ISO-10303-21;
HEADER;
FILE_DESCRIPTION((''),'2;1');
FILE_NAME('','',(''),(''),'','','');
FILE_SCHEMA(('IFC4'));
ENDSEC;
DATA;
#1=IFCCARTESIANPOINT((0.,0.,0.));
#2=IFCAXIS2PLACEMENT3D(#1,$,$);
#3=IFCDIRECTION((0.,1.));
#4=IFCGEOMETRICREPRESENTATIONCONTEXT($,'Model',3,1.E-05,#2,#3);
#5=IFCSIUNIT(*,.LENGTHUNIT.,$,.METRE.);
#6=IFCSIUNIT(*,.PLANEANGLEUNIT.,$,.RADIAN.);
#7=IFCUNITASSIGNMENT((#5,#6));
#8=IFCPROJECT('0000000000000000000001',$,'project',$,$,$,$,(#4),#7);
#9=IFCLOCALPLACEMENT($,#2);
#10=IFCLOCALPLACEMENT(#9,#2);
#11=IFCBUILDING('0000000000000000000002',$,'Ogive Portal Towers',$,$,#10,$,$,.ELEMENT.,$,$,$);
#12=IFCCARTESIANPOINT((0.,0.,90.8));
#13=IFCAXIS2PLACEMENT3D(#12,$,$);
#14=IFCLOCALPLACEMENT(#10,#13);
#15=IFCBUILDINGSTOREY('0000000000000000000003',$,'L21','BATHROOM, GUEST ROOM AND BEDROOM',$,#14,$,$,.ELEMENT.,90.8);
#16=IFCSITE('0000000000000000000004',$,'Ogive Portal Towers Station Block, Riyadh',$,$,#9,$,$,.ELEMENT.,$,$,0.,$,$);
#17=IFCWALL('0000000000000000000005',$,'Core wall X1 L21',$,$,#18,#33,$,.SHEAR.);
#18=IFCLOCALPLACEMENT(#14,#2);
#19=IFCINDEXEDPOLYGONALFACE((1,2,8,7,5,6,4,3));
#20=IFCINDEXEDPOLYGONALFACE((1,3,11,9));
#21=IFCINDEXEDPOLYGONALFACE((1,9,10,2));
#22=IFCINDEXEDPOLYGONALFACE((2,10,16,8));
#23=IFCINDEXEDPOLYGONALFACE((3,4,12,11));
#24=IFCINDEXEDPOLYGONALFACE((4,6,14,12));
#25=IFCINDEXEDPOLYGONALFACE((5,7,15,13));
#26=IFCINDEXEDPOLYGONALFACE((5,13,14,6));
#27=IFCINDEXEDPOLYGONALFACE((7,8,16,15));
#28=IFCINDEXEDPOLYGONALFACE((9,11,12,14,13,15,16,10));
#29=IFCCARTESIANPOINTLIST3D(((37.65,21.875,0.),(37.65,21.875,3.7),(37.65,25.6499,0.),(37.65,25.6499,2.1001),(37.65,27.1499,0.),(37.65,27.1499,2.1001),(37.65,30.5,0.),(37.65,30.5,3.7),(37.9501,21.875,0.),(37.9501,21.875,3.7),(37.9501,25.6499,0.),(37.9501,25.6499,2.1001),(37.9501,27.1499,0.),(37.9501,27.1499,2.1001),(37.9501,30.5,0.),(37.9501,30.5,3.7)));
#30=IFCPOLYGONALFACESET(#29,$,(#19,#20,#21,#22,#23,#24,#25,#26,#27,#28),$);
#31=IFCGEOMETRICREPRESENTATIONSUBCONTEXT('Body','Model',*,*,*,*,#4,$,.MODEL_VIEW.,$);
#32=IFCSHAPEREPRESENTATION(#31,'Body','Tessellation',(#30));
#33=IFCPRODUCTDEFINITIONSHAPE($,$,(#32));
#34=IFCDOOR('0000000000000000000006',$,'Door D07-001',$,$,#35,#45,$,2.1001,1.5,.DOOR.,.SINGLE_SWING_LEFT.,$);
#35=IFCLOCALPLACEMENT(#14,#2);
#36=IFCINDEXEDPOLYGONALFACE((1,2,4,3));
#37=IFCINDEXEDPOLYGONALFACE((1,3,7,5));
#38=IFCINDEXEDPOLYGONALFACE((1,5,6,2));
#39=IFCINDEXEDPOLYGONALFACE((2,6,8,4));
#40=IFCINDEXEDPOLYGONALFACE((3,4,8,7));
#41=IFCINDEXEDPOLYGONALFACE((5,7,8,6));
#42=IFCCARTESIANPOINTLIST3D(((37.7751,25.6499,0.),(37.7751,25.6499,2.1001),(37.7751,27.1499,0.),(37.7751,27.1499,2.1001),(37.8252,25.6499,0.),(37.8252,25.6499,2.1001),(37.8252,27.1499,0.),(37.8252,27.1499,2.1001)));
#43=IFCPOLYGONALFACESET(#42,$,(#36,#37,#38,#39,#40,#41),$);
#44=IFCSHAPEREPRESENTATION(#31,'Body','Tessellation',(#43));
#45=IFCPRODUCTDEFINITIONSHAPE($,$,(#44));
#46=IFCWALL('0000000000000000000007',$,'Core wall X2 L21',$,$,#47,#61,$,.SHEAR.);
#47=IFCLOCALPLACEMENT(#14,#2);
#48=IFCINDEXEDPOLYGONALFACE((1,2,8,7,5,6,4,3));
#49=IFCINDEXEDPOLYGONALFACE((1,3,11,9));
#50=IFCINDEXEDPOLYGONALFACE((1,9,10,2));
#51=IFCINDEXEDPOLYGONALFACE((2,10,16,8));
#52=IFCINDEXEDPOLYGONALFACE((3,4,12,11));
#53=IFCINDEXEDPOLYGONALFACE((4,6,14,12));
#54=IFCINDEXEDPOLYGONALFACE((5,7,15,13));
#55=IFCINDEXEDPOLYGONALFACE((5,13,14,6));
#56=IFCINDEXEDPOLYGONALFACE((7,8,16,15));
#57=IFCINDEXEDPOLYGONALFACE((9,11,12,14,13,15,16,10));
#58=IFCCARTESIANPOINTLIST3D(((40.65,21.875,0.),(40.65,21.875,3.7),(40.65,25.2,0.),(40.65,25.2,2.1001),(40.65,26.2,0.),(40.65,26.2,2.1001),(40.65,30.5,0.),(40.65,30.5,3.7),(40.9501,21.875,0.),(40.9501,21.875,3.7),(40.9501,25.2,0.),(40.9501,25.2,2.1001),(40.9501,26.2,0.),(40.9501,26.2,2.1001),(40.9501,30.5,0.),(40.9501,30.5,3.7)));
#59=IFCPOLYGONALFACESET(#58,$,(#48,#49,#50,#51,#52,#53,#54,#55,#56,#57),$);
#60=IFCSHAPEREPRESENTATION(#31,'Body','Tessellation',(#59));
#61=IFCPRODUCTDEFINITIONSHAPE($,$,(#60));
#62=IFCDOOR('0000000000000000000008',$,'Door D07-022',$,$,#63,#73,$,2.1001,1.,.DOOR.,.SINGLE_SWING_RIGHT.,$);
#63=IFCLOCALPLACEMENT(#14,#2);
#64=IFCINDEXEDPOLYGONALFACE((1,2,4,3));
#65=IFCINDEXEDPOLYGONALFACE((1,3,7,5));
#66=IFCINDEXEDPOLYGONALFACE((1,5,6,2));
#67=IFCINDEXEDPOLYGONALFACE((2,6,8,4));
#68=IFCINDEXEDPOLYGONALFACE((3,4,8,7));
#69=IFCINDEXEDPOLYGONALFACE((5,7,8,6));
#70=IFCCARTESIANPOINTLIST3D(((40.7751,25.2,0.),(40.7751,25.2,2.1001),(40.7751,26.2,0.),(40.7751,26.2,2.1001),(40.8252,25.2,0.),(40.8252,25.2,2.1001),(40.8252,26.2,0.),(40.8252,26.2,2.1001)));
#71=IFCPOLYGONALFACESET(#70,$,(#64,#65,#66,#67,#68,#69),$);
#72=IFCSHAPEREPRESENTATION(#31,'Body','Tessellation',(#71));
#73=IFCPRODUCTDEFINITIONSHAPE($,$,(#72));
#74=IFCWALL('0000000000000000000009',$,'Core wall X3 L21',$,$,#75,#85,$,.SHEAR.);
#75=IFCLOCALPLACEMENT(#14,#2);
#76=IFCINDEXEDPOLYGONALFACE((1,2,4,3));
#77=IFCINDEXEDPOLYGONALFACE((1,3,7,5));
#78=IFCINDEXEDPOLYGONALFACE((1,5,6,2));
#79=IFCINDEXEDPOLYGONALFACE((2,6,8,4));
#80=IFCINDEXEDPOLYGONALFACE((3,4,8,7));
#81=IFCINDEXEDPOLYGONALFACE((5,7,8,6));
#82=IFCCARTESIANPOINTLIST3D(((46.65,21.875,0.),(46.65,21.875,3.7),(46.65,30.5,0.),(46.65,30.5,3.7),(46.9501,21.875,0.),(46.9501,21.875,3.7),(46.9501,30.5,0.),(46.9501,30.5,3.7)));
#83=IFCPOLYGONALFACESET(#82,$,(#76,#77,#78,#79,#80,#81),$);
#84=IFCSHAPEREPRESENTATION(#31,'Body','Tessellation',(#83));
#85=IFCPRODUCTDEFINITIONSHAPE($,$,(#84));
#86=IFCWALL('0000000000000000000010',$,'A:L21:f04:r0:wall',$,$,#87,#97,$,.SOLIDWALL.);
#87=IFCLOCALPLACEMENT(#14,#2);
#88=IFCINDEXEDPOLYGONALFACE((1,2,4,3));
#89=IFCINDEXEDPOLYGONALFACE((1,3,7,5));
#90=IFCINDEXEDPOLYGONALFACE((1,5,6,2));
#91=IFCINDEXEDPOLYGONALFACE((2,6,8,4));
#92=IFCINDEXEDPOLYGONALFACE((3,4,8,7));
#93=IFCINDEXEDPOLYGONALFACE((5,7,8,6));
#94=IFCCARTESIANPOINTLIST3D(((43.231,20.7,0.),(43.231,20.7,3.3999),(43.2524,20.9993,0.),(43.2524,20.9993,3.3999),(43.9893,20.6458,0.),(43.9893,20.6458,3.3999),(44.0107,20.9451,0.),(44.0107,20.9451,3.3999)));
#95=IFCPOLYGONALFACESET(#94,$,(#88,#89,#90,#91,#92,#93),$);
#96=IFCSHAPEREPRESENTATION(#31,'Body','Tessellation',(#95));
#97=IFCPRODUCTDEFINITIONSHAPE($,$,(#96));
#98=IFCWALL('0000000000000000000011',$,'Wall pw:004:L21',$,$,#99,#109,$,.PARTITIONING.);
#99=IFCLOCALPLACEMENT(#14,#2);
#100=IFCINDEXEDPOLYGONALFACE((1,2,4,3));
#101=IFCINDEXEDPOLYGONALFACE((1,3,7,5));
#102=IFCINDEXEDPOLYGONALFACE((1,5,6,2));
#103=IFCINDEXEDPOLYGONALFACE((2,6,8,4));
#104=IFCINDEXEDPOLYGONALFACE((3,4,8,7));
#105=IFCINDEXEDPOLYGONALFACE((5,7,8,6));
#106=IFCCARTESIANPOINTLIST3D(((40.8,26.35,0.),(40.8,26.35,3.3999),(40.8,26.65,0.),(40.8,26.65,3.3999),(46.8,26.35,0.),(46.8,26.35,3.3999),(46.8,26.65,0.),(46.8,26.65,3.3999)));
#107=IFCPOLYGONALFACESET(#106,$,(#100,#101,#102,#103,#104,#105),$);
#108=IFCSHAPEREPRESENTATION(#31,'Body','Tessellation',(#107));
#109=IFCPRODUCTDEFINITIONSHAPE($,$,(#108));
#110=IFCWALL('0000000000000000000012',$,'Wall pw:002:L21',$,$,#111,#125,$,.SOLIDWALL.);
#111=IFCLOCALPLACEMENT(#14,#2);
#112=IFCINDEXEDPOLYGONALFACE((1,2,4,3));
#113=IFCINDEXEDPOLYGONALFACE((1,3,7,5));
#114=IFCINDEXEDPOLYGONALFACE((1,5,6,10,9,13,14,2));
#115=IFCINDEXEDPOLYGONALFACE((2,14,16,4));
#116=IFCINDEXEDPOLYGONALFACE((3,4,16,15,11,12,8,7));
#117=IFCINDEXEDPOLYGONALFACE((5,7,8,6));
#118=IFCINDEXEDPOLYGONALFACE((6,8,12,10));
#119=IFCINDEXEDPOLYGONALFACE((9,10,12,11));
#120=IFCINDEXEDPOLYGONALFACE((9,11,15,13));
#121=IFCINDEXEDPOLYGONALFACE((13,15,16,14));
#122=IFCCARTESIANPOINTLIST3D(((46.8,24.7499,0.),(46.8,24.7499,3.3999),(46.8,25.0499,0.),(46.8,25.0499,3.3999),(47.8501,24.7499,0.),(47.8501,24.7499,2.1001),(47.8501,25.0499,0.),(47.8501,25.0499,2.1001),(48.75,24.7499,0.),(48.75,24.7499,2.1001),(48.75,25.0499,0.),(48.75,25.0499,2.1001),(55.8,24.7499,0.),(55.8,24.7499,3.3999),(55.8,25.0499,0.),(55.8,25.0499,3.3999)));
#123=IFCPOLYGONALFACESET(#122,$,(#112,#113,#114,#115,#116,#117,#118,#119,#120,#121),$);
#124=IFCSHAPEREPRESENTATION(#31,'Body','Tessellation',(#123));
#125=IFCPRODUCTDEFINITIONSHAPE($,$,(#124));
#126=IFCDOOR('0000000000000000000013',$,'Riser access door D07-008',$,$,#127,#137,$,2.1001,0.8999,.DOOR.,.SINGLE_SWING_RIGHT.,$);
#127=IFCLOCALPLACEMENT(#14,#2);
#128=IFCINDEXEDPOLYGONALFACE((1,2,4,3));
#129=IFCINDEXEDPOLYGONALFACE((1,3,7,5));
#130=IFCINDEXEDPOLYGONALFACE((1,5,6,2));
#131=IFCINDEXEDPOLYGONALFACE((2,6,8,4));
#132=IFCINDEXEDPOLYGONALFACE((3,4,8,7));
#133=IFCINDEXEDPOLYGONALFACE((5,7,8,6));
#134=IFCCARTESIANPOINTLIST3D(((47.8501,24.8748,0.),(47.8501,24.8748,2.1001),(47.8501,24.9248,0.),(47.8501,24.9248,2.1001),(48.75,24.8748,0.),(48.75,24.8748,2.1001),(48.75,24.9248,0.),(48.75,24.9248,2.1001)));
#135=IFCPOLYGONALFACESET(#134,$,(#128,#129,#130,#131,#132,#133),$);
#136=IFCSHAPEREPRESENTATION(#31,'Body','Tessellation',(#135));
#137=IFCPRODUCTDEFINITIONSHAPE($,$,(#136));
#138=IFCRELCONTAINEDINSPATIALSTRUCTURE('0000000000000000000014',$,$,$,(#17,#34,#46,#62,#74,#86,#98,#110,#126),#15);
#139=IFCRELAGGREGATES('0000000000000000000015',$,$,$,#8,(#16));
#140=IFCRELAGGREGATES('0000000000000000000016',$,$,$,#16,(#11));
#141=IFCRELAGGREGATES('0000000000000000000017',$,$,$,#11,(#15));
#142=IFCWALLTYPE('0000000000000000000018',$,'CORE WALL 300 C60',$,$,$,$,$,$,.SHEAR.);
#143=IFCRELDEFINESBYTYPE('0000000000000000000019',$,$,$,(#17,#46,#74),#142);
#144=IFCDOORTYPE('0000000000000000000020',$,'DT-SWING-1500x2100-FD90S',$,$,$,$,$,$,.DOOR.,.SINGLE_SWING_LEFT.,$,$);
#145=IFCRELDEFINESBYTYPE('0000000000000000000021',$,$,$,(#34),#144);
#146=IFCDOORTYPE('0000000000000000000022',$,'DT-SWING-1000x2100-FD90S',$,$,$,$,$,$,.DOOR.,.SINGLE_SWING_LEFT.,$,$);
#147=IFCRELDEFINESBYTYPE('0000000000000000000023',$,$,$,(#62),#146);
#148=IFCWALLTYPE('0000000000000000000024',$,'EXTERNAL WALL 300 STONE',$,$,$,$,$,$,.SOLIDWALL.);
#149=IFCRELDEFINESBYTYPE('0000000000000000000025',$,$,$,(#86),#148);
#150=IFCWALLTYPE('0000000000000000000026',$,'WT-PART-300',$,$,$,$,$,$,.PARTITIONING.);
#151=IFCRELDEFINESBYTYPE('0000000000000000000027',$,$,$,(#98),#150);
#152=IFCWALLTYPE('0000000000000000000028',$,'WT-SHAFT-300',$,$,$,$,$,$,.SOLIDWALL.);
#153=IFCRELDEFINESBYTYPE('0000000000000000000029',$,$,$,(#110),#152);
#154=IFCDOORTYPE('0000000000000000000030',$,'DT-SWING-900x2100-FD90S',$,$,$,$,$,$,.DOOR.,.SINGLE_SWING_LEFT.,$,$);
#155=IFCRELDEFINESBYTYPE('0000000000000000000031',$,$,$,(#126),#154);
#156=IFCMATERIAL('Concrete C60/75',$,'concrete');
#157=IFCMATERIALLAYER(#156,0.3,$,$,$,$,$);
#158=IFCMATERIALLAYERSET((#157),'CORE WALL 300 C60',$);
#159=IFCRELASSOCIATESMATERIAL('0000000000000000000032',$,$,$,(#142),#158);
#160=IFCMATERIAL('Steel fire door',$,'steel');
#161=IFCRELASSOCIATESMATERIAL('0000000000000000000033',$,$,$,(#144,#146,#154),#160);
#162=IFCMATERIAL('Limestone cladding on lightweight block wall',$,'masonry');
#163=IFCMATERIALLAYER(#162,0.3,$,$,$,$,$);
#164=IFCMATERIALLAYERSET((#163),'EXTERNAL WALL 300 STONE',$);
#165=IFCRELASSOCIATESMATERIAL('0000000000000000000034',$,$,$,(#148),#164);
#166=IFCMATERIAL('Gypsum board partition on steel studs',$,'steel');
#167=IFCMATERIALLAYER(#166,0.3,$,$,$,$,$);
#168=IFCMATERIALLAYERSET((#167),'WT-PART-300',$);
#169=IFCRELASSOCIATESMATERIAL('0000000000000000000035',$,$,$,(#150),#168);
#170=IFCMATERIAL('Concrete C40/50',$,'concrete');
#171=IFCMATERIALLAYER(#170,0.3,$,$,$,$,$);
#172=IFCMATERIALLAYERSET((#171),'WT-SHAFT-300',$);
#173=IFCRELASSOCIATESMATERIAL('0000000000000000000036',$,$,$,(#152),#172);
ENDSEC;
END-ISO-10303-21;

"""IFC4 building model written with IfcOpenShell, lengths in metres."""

from ifc_helpers import new_model, si_unit, direction, frame, frame_2d, origin, place, context, subcontext, project, spatial, rectangle, extrude, material, layer, layer_set, type_object, element, fill, save


model = new_model("IFC4")

# Units and contexts
model_context = context("Model", 3, precision=1e-05, world=origin(), true_north=direction((0.0, 1.0)))
body_context = subcontext(model_context, "Body", "Model", "MODEL_VIEW")
ifc_project = project(units=[si_unit("LENGTHUNIT", "METRE"), si_unit("PLANEANGLEUNIT", "RADIAN")], contexts=[model_context])

# Site, building, storey
site_placement = place(None, origin())
site = spatial("IfcSite", under=ifc_project, at=site_placement, Name="Ogive Portal Towers Station Block, Riyadh", CompositionType="ELEMENT", RefElevation=0.0)
building_placement = place(site_placement, origin())
building = spatial("IfcBuilding", under=site, at=building_placement, Name="Ogive Portal Towers", CompositionType="ELEMENT")
storey_placement = place(building_placement, frame((0.0, 0.0, 90.8)))
storey = spatial("IfcBuildingStorey", under=building, at=storey_placement, Name="L21", Description="BATHROOM, GUEST ROOM AND BEDROOM", CompositionType="ELEMENT", Elevation=90.8)

# Walls, openings, doors
ifc_material_1 = material(Name="Concrete C60/75", Category="concrete")
ifc_layer_1 = layer(ifc_material_1, 0.3)
ifc_layer_set_1 = layer_set([ifc_layer_1], Name="CORE WALL 300 C60")
wall_type_1 = type_object("IfcWallType", Name="CORE WALL 300 C60", PredefinedType="SHEAR", material=ifc_layer_set_1)
wall_1_placement = place(storey_placement, frame((37.8, 21.875, 0.0), z_axis=(0.0, 0.0, 1.0), x_axis=(0.0, 1.0, 0.0)))
wall_1 = element("IfcWall", 1, at=wall_1_placement, inside=storey, type_object=wall_type_1, Name="Core wall X1 L21", PredefinedType="SHEAR", context=body_context, shape_type="SweptSolid", body=[
    extrude(rectangle(XDim=8.625, YDim=0.3, at=frame_2d((4.3125, 0.0))), origin(), (0.0, 0.0, 1.0), 3.7),
])
opening_1_placement = place(wall_1_placement, frame((3.7749, 0.0, 0.0)))
opening_1 = element("IfcOpeningElement", 2, at=opening_1_placement, cuts=wall_1, PredefinedType="OPENING", context=body_context, shape_type="SweptSolid", body=[
    extrude(rectangle(XDim=1.5, YDim=2.1001, at=frame_2d((0.75, 1.05))), frame((0.0, 0.1602, 0.0), z_axis=(0.0, -1.0, 0.0), x_axis=(1.0, 0.0, 0.0)), (0.0, 0.0, 1.0), 0.3201),
])
ifc_material_2 = material(Name="Steel fire door", Category="steel")
door_type_1 = type_object("IfcDoorType", Name="DT-SWING-1500x2100-FD90S", OperationType="SINGLE_SWING_LEFT", PredefinedType="DOOR", material=ifc_material_2)
door_1_placement = place(opening_1_placement, origin())
door_1 = element("IfcDoor", 3, at=door_1_placement, inside=storey, type_object=door_type_1, Name="Door D07-001", OperationType="SINGLE_SWING_LEFT", OverallHeight=2.1001, OverallWidth=1.5, PredefinedType="DOOR", context=body_context, shape_type="SweptSolid", body=[
    extrude(rectangle(XDim=1.5, YDim=2.1001, at=frame_2d((0.75, 1.05))), frame((0.0, 0.0249, 0.0), z_axis=(0.0, -1.0, 0.0), x_axis=(1.0, 0.0, 0.0)), (0.0, 0.0, 1.0), 0.05),
])
fill(opening_1, door_1)
wall_2_placement = place(storey_placement, frame((40.8, 21.875, 0.0), z_axis=(0.0, 0.0, 1.0), x_axis=(0.0, 1.0, 0.0)))
wall_2 = element("IfcWall", 4, at=wall_2_placement, inside=storey, type_object=wall_type_1, Name="Core wall X2 L21", PredefinedType="SHEAR", context=body_context, shape_type="SweptSolid", body=[
    extrude(rectangle(XDim=8.625, YDim=0.3, at=frame_2d((4.3125, 0.0))), origin(), (0.0, 0.0, 1.0), 3.7),
])
opening_2_placement = place(wall_2_placement, frame((3.325, 0.0, 0.0)))
opening_2 = element("IfcOpeningElement", 5, at=opening_2_placement, cuts=wall_2, PredefinedType="OPENING", context=body_context, shape_type="SweptSolid", body=[
    extrude(rectangle(XDim=1.0, YDim=2.1001, at=frame_2d((0.5, 1.05))), frame((0.0, 0.1602, 0.0), z_axis=(0.0, -1.0, 0.0), x_axis=(1.0, 0.0, 0.0)), (0.0, 0.0, 1.0), 0.3201),
])
door_type_2 = type_object("IfcDoorType", Name="DT-SWING-1000x2100-FD90S", OperationType="SINGLE_SWING_LEFT", PredefinedType="DOOR", material=ifc_material_2)
door_2_placement = place(opening_2_placement, origin())
door_2 = element("IfcDoor", 6, at=door_2_placement, inside=storey, type_object=door_type_2, Name="Door D07-022", OperationType="SINGLE_SWING_RIGHT", OverallHeight=2.1001, OverallWidth=1.0, PredefinedType="DOOR", context=body_context, shape_type="SweptSolid", body=[
    extrude(rectangle(XDim=1.0, YDim=2.1001, at=frame_2d((0.5, 1.05))), frame((0.0, 0.0249, 0.0), z_axis=(0.0, -1.0, 0.0), x_axis=(1.0, 0.0, 0.0)), (0.0, 0.0, 1.0), 0.05),
])
fill(opening_2, door_2)

# Walls
wall_3_placement = place(storey_placement, frame((46.8, 21.875, 0.0), z_axis=(0.0, 0.0, 1.0), x_axis=(0.0, 1.0, 0.0)))
element("IfcWall", 7, at=wall_3_placement, inside=storey, type_object=wall_type_1, Name="Core wall X3 L21", PredefinedType="SHEAR", context=body_context, shape_type="SweptSolid", body=[
    extrude(rectangle(XDim=8.625, YDim=0.3, at=frame_2d((4.3125, 0.0))), origin(), (0.0, 0.0, 1.0), 3.7),
])
ifc_material_3 = material(Name="Limestone cladding on lightweight block wall", Category="masonry")
ifc_layer_2 = layer(ifc_material_3, 0.3)
ifc_layer_set_2 = layer_set([ifc_layer_2], Name="EXTERNAL WALL 300 STONE")
wall_type_2 = type_object("IfcWallType", Name="EXTERNAL WALL 300 STONE", PredefinedType="SOLIDWALL", material=ifc_layer_set_2)
wall_4_placement = place(storey_placement, frame((43.2417, 20.8496, 0.0), z_axis=(0.0, 0.0, 1.0), x_axis=(0.997455, -0.071293, 0.0)))
element("IfcWall", 8, at=wall_4_placement, inside=storey, type_object=wall_type_2, Name="A:L21:f04:r0:wall", PredefinedType="SOLIDWALL", context=body_context, shape_type="SweptSolid", body=[
    extrude(rectangle(XDim=0.7603, YDim=0.3, at=frame_2d((0.3801, 0.0))), origin(), (0.0, 0.0, 1.0), 3.3999),
])

# Wall
ifc_material_4 = material(Name="Gypsum board partition on steel studs", Category="steel")
ifc_layer_3 = layer(ifc_material_4, 0.3)
ifc_layer_set_3 = layer_set([ifc_layer_3], Name="WT-PART-300")
wall_type_3 = type_object("IfcWallType", Name="WT-PART-300", PredefinedType="PARTITIONING", material=ifc_layer_set_3)
wall_5_placement = place(storey_placement, frame((40.8, 26.5, 0.0), z_axis=(0.0, 0.0, 1.0), x_axis=(1.0, 0.0, 0.0)))
element("IfcWall", 9, at=wall_5_placement, inside=storey, type_object=wall_type_3, Name="Wall pw:004:L21", PredefinedType="PARTITIONING", context=body_context, shape_type="SweptSolid", body=[
    extrude(rectangle(XDim=6.0, YDim=0.3, at=frame_2d((3.0, 0.0))), origin(), (0.0, 0.0, 1.0), 3.3999),
])

# Wall, opening, door
ifc_material_5 = material(Name="Concrete C40/50", Category="concrete")
ifc_layer_4 = layer(ifc_material_5, 0.3)
ifc_layer_set_4 = layer_set([ifc_layer_4], Name="WT-SHAFT-300")
wall_type_4 = type_object("IfcWallType", Name="WT-SHAFT-300", PredefinedType="SOLIDWALL", material=ifc_layer_set_4)
wall_6_placement = place(storey_placement, frame((46.8, 24.8999, 0.0), z_axis=(0.0, 0.0, 1.0), x_axis=(1.0, 0.0, 0.0)))
wall_6 = element("IfcWall", 10, at=wall_6_placement, inside=storey, type_object=wall_type_4, Name="Wall pw:002:L21", PredefinedType="SOLIDWALL", context=body_context, shape_type="SweptSolid", body=[
    extrude(rectangle(XDim=9.0, YDim=0.3, at=frame_2d((4.5, 0.0))), origin(), (0.0, 0.0, 1.0), 3.3999),
])
opening_3_placement = place(wall_6_placement, frame((1.05, 0.0, 0.0)))
opening_3 = element("IfcOpeningElement", 11, at=opening_3_placement, cuts=wall_6, PredefinedType="OPENING", context=body_context, shape_type="SweptSolid", body=[
    extrude(rectangle(XDim=0.8999, YDim=2.1001, at=frame_2d((0.45, 1.05))), frame((0.0, 0.1602, 0.0), z_axis=(0.0, -1.0, 0.0), x_axis=(1.0, 0.0, 0.0)), (0.0, 0.0, 1.0), 0.3201),
])
door_type_3 = type_object("IfcDoorType", Name="DT-SWING-900x2100-FD90S", OperationType="SINGLE_SWING_LEFT", PredefinedType="DOOR", material=ifc_material_2)
door_3_placement = place(opening_3_placement, origin())
door_3 = element("IfcDoor", 12, at=door_3_placement, inside=storey, type_object=door_type_3, Name="Riser access door D07-008", OperationType="SINGLE_SWING_RIGHT", OverallHeight=2.1001, OverallWidth=0.8999, PredefinedType="DOOR", context=body_context, shape_type="SweptSolid", body=[
    extrude(rectangle(XDim=0.8999, YDim=2.1001, at=frame_2d((0.45, 1.05))), frame((0.0, 0.0249, 0.0), z_axis=(0.0, -1.0, 0.0), x_axis=(1.0, 0.0, 0.0)), (0.0, 0.0, 1.0), 0.05),
])
fill(opening_3, door_3)

save(model, "model.ifc")
